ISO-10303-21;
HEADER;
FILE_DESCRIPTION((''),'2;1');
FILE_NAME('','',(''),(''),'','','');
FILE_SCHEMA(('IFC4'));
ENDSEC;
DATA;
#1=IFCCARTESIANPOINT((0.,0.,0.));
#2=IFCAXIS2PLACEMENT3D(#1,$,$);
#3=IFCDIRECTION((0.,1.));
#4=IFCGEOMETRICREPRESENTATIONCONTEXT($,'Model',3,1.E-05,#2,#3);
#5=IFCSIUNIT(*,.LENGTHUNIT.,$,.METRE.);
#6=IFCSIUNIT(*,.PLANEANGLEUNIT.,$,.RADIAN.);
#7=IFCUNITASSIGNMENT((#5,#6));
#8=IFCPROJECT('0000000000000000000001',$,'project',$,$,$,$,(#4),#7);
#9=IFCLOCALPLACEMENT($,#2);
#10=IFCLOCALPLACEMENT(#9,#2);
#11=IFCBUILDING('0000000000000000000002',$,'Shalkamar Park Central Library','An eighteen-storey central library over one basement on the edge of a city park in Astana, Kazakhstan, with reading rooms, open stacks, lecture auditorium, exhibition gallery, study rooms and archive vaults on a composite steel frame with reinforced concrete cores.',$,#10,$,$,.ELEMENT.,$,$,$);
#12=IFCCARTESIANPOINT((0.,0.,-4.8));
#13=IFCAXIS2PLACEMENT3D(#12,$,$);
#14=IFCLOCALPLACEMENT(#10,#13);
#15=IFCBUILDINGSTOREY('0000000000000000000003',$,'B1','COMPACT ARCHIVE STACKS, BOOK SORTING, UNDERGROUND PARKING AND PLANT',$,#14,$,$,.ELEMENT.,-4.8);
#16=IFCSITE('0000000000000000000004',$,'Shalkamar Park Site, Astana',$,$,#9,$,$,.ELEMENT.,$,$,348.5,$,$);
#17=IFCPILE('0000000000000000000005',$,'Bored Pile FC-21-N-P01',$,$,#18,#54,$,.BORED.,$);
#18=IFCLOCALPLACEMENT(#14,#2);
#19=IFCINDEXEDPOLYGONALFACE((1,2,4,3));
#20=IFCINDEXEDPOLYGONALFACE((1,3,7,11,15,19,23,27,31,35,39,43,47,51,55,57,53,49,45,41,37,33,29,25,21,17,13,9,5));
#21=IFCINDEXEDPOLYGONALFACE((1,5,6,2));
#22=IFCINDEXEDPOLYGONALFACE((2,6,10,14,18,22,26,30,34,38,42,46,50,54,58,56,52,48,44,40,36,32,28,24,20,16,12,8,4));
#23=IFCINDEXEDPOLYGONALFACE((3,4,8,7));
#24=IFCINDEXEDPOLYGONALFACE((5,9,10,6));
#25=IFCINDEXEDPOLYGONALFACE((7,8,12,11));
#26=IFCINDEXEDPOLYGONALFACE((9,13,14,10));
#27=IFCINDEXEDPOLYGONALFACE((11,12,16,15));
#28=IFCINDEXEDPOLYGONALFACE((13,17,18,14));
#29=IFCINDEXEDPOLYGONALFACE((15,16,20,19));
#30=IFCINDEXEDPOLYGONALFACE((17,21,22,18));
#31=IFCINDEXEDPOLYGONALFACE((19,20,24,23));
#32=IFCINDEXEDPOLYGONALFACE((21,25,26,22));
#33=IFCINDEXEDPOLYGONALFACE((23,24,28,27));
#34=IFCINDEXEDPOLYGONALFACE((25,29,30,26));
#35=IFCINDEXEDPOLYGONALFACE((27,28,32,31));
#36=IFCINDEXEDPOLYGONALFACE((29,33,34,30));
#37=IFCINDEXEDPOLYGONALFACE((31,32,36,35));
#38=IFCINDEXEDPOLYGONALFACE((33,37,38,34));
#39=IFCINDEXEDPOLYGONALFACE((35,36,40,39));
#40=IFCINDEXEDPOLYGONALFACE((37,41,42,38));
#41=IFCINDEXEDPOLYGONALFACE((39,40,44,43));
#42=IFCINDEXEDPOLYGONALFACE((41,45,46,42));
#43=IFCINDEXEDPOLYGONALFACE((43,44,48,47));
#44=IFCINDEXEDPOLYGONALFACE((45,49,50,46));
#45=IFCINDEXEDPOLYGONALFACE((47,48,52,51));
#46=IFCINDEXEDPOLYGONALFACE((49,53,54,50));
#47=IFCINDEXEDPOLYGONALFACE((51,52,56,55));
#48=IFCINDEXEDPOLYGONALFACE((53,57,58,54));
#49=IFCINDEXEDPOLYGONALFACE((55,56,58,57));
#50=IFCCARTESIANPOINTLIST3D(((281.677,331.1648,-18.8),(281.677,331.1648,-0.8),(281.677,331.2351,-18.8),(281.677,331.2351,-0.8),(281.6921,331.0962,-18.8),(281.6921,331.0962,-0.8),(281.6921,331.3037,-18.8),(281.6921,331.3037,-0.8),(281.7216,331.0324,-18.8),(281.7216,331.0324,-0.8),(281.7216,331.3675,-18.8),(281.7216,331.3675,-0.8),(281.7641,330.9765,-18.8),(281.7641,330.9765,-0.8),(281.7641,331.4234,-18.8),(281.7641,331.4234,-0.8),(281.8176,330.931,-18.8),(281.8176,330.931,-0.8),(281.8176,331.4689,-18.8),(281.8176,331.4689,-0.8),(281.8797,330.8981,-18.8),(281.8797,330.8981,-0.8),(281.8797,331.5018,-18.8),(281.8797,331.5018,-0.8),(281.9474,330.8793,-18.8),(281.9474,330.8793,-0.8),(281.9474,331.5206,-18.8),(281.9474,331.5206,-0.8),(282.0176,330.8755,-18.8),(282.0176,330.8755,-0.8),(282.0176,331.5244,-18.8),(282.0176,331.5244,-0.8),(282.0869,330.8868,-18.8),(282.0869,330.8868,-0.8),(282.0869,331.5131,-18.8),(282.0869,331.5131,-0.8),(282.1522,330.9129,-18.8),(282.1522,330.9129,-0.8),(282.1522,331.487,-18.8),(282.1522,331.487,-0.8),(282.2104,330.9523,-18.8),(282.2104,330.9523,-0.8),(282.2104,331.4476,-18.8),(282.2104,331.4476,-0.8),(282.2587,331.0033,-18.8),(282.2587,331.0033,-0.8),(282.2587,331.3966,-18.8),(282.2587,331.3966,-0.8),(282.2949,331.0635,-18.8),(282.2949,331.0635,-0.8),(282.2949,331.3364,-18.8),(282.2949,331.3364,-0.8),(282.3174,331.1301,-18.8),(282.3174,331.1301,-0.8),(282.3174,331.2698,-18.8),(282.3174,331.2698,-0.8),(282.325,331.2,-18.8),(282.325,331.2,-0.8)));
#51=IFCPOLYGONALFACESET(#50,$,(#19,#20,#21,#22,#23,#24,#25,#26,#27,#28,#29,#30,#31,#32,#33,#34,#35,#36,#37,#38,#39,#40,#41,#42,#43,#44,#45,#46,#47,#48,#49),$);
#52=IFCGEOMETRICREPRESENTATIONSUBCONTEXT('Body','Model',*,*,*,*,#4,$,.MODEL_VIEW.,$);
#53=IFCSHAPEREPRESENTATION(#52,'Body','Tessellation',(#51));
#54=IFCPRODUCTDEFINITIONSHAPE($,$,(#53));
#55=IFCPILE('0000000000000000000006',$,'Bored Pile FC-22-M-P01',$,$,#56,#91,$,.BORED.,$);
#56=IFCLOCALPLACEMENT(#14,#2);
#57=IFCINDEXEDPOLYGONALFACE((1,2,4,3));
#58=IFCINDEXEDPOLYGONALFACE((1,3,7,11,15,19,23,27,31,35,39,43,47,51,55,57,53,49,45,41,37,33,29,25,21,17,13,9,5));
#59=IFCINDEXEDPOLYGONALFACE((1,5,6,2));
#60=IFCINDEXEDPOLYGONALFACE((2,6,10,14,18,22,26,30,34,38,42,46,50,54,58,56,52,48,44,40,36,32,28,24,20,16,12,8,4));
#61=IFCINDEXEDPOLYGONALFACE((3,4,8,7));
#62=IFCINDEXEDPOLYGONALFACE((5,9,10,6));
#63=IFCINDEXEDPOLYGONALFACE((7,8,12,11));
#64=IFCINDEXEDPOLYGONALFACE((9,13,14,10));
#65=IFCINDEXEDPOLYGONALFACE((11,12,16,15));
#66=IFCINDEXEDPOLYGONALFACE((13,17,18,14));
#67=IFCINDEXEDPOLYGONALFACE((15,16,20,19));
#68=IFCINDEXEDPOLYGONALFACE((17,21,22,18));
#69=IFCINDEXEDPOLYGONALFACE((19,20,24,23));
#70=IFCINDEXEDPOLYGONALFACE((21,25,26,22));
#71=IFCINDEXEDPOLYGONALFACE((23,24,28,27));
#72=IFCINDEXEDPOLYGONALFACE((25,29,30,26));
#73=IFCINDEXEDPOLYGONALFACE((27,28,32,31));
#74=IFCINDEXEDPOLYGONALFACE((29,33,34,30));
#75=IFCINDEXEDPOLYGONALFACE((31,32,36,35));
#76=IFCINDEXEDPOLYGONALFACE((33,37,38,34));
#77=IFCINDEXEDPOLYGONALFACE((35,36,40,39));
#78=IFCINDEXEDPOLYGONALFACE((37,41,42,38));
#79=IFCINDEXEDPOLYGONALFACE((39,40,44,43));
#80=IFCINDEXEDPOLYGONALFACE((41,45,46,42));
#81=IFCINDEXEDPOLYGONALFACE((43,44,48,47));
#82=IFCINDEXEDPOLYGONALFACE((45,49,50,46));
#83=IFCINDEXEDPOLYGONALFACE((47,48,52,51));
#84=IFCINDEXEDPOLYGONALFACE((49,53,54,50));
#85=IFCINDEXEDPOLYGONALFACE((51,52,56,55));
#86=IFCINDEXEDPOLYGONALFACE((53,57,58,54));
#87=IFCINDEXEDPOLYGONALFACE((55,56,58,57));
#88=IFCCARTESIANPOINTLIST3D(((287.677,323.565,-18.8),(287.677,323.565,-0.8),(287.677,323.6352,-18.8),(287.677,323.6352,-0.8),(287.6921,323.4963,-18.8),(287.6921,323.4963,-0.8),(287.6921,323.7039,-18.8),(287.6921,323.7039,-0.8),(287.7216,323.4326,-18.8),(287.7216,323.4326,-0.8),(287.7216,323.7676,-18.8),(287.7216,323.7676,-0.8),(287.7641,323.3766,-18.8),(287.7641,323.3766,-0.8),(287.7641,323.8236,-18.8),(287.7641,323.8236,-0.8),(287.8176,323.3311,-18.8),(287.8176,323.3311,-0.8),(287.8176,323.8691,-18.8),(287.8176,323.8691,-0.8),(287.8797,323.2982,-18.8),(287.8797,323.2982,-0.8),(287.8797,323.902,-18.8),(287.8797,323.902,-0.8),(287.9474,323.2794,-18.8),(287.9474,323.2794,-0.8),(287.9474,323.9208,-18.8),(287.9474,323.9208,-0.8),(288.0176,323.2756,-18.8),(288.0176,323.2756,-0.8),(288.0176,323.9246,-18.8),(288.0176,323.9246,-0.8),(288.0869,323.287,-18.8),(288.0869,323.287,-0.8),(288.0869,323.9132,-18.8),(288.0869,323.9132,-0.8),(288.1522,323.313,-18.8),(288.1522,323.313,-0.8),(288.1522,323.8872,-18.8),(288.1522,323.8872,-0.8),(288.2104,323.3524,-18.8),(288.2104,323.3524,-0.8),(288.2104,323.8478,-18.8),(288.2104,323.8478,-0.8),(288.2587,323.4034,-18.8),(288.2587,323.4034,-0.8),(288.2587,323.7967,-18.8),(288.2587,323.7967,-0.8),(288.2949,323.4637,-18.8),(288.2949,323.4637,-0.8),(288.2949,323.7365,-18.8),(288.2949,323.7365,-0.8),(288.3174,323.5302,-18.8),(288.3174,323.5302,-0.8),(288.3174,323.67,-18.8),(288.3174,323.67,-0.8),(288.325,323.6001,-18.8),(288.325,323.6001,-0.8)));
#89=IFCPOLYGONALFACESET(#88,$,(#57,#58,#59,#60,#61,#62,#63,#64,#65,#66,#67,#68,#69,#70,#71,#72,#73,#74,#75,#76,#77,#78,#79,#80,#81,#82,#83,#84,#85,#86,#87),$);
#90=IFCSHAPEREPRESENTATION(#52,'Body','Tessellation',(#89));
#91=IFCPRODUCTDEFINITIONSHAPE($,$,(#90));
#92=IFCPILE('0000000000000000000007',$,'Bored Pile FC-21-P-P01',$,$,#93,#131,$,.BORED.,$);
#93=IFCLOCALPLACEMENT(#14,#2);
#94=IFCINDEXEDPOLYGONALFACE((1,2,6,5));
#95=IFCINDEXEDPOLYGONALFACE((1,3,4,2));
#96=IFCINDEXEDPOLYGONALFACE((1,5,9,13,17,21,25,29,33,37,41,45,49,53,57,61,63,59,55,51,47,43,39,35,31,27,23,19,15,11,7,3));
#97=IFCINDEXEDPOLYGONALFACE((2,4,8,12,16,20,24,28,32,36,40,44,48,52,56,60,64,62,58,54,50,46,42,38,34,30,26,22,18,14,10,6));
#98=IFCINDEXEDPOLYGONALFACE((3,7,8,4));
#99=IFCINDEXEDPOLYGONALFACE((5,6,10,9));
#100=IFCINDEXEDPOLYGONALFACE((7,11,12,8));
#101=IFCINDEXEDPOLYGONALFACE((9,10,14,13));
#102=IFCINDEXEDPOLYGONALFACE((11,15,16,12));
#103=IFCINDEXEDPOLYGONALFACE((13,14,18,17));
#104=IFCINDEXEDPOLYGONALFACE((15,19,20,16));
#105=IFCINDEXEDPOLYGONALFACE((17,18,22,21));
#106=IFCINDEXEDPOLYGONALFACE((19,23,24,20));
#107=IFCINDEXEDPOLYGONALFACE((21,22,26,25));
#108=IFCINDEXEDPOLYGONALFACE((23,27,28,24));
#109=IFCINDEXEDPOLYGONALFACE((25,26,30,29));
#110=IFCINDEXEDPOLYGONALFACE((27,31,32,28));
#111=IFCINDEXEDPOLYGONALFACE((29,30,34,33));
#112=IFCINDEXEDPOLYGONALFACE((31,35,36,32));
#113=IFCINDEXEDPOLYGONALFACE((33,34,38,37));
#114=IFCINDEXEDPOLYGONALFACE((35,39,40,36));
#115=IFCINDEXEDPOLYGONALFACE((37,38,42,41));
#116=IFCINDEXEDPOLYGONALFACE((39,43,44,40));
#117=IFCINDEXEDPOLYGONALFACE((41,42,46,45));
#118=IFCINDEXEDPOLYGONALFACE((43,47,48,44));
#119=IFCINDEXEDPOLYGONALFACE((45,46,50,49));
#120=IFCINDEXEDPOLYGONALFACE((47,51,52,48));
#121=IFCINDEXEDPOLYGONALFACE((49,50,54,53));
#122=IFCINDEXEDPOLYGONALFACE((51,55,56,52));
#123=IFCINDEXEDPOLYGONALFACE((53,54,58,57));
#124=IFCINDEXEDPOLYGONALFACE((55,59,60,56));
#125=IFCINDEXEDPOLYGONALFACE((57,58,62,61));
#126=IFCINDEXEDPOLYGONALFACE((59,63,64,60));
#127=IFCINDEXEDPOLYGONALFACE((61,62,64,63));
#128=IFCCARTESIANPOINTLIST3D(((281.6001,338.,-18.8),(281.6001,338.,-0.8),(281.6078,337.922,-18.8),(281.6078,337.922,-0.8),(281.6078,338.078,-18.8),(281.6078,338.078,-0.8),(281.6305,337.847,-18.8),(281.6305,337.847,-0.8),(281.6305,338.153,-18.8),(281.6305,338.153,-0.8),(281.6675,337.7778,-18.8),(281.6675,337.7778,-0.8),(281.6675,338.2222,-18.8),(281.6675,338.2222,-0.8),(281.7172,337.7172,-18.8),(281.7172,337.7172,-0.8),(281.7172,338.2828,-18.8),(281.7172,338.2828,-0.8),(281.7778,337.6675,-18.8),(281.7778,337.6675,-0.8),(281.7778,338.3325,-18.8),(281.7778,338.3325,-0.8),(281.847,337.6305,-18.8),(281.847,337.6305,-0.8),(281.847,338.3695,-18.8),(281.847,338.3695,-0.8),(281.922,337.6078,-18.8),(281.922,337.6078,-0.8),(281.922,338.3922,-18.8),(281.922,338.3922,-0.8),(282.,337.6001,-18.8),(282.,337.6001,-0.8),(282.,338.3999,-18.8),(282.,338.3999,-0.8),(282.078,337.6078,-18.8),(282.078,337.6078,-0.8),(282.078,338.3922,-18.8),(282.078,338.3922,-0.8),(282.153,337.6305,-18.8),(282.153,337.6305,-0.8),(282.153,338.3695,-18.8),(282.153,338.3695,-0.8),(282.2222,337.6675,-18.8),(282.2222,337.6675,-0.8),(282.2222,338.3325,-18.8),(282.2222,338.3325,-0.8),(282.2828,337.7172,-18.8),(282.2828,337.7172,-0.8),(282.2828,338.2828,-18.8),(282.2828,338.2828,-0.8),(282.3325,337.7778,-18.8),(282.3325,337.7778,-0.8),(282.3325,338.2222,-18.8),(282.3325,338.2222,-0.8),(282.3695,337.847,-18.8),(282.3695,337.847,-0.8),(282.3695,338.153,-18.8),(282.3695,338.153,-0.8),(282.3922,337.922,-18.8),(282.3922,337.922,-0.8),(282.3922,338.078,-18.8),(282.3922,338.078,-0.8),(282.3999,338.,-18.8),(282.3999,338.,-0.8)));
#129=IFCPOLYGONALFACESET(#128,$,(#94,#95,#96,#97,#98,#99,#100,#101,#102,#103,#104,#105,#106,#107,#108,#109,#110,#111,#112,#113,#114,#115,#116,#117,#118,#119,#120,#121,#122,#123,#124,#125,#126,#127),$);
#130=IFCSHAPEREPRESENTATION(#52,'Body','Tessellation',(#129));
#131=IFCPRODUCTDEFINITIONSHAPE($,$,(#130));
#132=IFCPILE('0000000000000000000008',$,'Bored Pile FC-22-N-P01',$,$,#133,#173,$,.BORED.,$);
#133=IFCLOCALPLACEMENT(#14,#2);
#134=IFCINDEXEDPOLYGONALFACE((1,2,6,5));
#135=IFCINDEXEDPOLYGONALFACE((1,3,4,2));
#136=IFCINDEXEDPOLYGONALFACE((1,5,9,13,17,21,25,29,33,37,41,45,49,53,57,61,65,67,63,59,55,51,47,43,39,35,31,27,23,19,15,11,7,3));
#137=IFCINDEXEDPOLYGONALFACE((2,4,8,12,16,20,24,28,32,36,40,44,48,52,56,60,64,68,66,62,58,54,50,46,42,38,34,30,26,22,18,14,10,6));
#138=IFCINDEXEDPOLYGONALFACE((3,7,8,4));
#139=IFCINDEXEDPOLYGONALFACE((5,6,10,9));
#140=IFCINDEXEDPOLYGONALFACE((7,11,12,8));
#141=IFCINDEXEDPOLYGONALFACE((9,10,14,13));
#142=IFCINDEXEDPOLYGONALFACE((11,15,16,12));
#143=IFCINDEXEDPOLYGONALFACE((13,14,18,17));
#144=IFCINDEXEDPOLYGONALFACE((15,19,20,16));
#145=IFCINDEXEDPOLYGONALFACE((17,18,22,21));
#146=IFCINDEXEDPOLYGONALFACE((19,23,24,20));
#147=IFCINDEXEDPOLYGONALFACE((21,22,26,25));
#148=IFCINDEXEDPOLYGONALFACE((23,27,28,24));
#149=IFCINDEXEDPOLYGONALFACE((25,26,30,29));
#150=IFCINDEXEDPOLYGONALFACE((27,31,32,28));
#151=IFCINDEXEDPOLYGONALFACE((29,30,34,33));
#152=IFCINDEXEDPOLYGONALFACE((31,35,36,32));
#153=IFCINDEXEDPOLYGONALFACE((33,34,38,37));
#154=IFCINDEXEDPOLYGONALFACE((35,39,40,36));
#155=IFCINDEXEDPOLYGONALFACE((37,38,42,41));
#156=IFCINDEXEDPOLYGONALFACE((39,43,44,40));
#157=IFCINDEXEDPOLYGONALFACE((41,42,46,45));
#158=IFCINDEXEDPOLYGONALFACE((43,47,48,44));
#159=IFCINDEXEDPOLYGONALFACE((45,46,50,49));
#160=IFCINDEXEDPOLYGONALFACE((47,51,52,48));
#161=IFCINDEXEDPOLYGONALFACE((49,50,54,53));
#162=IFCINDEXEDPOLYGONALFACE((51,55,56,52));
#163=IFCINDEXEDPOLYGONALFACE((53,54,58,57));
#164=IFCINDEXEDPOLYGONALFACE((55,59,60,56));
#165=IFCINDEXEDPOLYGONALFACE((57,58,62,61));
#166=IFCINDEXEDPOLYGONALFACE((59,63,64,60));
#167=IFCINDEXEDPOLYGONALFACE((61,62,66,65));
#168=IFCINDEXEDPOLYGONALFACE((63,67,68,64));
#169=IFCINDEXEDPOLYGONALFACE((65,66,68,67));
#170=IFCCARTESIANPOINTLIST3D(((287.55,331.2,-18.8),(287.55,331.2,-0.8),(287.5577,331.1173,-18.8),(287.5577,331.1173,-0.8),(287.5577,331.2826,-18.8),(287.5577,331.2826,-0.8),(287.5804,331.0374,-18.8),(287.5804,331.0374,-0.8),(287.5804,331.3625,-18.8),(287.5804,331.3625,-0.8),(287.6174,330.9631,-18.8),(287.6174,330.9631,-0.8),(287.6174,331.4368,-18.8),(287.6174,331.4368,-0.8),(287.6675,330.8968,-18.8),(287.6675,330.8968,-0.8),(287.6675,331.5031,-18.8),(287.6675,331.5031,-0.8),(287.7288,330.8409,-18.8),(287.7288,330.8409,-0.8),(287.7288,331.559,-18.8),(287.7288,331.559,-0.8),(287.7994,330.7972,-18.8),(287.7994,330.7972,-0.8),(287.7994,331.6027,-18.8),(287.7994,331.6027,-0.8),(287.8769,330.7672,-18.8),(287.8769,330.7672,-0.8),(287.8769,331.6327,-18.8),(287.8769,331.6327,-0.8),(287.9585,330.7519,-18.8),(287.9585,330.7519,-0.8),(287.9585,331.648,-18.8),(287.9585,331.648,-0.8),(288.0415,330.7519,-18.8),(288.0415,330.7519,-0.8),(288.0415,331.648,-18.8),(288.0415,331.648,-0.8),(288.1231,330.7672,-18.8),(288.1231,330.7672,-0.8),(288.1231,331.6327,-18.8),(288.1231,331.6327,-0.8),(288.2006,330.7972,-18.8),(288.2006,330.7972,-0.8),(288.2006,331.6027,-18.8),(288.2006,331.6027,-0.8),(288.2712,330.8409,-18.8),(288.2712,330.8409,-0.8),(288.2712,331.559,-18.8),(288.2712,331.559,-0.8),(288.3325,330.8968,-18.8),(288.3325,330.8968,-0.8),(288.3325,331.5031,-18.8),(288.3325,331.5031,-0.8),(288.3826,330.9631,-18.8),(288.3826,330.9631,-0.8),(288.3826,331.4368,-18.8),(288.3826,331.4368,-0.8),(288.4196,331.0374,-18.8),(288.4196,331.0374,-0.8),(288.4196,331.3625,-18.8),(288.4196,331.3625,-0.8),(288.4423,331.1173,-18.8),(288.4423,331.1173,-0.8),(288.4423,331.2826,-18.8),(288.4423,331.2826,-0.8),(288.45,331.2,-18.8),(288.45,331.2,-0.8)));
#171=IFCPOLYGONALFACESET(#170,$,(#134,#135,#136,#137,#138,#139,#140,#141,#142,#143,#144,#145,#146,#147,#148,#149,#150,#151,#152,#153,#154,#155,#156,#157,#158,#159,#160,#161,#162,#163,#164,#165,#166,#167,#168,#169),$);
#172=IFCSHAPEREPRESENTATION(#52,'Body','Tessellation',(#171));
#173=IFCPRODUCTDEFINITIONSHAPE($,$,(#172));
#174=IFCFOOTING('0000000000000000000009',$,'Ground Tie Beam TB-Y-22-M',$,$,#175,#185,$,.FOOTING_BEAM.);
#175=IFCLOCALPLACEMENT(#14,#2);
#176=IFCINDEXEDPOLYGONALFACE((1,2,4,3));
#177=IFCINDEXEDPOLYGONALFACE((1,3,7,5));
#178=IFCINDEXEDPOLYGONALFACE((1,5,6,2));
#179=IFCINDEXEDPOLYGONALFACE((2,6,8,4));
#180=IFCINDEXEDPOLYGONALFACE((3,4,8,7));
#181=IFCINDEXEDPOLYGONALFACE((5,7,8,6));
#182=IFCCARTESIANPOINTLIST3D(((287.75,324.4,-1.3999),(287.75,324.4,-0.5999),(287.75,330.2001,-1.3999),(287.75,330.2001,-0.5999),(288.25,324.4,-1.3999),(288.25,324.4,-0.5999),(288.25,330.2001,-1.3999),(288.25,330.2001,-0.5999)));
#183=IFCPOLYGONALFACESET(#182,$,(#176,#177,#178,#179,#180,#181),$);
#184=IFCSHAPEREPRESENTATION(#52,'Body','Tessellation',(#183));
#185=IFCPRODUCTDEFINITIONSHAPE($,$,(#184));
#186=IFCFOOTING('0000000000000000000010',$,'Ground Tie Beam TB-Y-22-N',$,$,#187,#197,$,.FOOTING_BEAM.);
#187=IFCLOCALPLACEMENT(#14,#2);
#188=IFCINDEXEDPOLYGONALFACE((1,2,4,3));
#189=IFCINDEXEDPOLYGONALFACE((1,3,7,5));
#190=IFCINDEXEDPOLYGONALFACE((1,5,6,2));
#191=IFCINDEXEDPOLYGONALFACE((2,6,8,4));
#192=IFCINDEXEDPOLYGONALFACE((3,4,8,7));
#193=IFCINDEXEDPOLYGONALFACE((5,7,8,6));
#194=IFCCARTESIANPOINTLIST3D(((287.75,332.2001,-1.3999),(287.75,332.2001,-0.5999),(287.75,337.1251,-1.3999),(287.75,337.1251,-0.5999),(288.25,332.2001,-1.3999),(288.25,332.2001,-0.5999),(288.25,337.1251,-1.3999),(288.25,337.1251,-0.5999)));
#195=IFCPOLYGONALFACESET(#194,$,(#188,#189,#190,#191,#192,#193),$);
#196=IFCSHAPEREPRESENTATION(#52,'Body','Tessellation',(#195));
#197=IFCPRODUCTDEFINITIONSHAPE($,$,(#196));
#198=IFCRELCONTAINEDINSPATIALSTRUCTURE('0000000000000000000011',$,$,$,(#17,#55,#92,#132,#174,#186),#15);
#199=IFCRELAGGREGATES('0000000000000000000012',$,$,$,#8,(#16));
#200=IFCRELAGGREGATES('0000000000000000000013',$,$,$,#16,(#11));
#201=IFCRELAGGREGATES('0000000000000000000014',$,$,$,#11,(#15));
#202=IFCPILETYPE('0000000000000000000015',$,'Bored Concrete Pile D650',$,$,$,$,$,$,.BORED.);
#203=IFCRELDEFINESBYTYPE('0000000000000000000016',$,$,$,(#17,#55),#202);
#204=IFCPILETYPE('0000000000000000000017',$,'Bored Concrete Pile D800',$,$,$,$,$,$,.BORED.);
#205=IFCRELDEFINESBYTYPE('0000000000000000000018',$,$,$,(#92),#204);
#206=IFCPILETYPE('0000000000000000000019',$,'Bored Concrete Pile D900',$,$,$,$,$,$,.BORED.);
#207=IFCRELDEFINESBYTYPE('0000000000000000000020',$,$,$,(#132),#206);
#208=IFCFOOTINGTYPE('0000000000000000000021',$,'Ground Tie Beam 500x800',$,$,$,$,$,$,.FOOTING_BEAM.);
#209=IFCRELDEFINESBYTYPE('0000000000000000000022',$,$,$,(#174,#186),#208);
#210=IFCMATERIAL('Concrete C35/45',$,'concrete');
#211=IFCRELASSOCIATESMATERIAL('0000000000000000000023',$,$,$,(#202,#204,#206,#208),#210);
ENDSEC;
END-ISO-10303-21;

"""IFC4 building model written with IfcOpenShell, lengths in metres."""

from ifc_helpers import new_model, si_unit, direction, frame, origin, origin_2d, place, context, subcontext, project, spatial, rectangle, circle, extrude, material, material_profile, profile_set, type_object, element, save


model = new_model("IFC4")

# Units and contexts
model_context = context("Model", 3, precision=1e-05, world=origin(), true_north=direction((0.0, 1.0)))
body_context = subcontext(model_context, "Body", "Model", "MODEL_VIEW")
ifc_project = project(units=[si_unit("LENGTHUNIT", "METRE"), si_unit("PLANEANGLEUNIT", "RADIAN")], contexts=[model_context])

# Site, building, storey
site_placement = place(None, origin())
site = spatial("IfcSite", under=ifc_project, at=site_placement, Name="Shalkamar Park Site, Astana", CompositionType="ELEMENT", RefElevation=348.5)
building_placement = place(site_placement, origin())
building = spatial("IfcBuilding", under=site, at=building_placement, Name="Shalkamar Park Central Library", Description="An eighteen-storey central library over one basement on the edge of a city park in Astana, Kazakhstan, with reading rooms, open stacks, lecture auditorium, exhibition gallery, study rooms and archive vaults on a composite steel frame with reinforced concrete cores.", CompositionType="ELEMENT")
storey_placement = place(building_placement, frame((0.0, 0.0, -4.8)))
storey = spatial("IfcBuildingStorey", under=building, at=storey_placement, Name="B1", Description="COMPACT ARCHIVE STACKS, BOOK SORTING, UNDERGROUND PARKING AND PLANT", CompositionType="ELEMENT", Elevation=-4.8)

# Piles
ifc_material_1 = material(Name="Concrete C35/45", Category="concrete")
ifc_material_profile_1 = material_profile(ifc_material_1, circle(Radius=0.325, at=origin_2d()), Name="PILE D650")
ifc_profile_set_1 = profile_set([ifc_material_profile_1], Name="Concrete C35/45")
pile_type_1 = type_object("IfcPileType", Name="Bored Concrete Pile D650", PredefinedType="BORED", material=ifc_profile_set_1)
for number, where, z_axis, x_axis, name in (
    (1, (282.0, 331.2, -0.8), (0.0, 0.0, -1.0), (1.0, 0.0, 0.0), "Bored Pile FC-21-N-P01"),
    (2, (288.0, 323.6001, -0.8), (0.0, 0.0, -1.0), (1.0, 0.0, 0.0), "Bored Pile FC-22-M-P01"),
):
    element("IfcPile", number, at=place(storey_placement, frame(where, z_axis=z_axis, x_axis=x_axis)), inside=storey, type_object=pile_type_1, Name=name, PredefinedType="BORED", context=body_context, shape_type="SweptSolid", body=[
        extrude(circle(Radius=0.325, at=origin_2d()), origin(), (0.0, 0.0, 1.0), 18.0),
    ])
ifc_material_profile_2 = material_profile(ifc_material_1, circle(Radius=0.3999, at=origin_2d()), Name="PILE D800")
ifc_profile_set_2 = profile_set([ifc_material_profile_2], Name="Concrete C35/45")
pile_type_2 = type_object("IfcPileType", Name="Bored Concrete Pile D800", PredefinedType="BORED", material=ifc_profile_set_2)
pile_1_placement = place(storey_placement, frame((282.0, 338.0, -0.8), z_axis=(0.0, 0.0, -1.0), x_axis=(1.0, 0.0, 0.0)))
element("IfcPile", 3, at=pile_1_placement, inside=storey, type_object=pile_type_2, Name="Bored Pile FC-21-P-P01", PredefinedType="BORED", context=body_context, shape_type="SweptSolid", body=[
    extrude(circle(Radius=0.3999, at=origin_2d()), origin(), (0.0, 0.0, 1.0), 18.0),
])
ifc_material_profile_3 = material_profile(ifc_material_1, circle(Radius=0.45, at=origin_2d()), Name="PILE D900")
ifc_profile_set_3 = profile_set([ifc_material_profile_3], Name="Concrete C35/45")
pile_type_3 = type_object("IfcPileType", Name="Bored Concrete Pile D900", PredefinedType="BORED", material=ifc_profile_set_3)
pile_2_placement = place(storey_placement, frame((288.0, 331.2, -0.8), z_axis=(0.0, 0.0, -1.0), x_axis=(1.0, 0.0, 0.0)))
element("IfcPile", 4, at=pile_2_placement, inside=storey, type_object=pile_type_3, Name="Bored Pile FC-22-N-P01", PredefinedType="BORED", context=body_context, shape_type="SweptSolid", body=[
    extrude(circle(Radius=0.45, at=origin_2d()), origin(), (0.0, 0.0, 1.0), 18.0),
])

# Footings
footing_type_1 = type_object("IfcFootingType", Name="Ground Tie Beam 500x800", PredefinedType="FOOTING_BEAM", material=ifc_material_1)
footing_1_placement = place(storey_placement, frame((288.0, 327.3, -1.3999), z_axis=(0.0, 0.0, 1.0), x_axis=(0.0, 1.0, 0.0)))
element("IfcFooting", 5, at=footing_1_placement, inside=storey, type_object=footing_type_1, Name="Ground Tie Beam TB-Y-22-M", PredefinedType="FOOTING_BEAM", context=body_context, shape_type="SweptSolid", body=[
    extrude(rectangle(XDim=5.8, YDim=0.5, at=origin_2d()), origin(), (0.0, 0.0, 1.0), 0.8),
])
footing_2_placement = place(storey_placement, frame((288.0, 334.6626, -1.3999), z_axis=(0.0, 0.0, 1.0), x_axis=(0.0, 1.0, 0.0)))
element("IfcFooting", 6, at=footing_2_placement, inside=storey, type_object=footing_type_1, Name="Ground Tie Beam TB-Y-22-N", PredefinedType="FOOTING_BEAM", context=body_context, shape_type="SweptSolid", body=[
    extrude(rectangle(XDim=4.925, YDim=0.5, at=origin_2d()), origin(), (0.0, 0.0, 1.0), 0.8),
])

save(model, "model.ifc")
